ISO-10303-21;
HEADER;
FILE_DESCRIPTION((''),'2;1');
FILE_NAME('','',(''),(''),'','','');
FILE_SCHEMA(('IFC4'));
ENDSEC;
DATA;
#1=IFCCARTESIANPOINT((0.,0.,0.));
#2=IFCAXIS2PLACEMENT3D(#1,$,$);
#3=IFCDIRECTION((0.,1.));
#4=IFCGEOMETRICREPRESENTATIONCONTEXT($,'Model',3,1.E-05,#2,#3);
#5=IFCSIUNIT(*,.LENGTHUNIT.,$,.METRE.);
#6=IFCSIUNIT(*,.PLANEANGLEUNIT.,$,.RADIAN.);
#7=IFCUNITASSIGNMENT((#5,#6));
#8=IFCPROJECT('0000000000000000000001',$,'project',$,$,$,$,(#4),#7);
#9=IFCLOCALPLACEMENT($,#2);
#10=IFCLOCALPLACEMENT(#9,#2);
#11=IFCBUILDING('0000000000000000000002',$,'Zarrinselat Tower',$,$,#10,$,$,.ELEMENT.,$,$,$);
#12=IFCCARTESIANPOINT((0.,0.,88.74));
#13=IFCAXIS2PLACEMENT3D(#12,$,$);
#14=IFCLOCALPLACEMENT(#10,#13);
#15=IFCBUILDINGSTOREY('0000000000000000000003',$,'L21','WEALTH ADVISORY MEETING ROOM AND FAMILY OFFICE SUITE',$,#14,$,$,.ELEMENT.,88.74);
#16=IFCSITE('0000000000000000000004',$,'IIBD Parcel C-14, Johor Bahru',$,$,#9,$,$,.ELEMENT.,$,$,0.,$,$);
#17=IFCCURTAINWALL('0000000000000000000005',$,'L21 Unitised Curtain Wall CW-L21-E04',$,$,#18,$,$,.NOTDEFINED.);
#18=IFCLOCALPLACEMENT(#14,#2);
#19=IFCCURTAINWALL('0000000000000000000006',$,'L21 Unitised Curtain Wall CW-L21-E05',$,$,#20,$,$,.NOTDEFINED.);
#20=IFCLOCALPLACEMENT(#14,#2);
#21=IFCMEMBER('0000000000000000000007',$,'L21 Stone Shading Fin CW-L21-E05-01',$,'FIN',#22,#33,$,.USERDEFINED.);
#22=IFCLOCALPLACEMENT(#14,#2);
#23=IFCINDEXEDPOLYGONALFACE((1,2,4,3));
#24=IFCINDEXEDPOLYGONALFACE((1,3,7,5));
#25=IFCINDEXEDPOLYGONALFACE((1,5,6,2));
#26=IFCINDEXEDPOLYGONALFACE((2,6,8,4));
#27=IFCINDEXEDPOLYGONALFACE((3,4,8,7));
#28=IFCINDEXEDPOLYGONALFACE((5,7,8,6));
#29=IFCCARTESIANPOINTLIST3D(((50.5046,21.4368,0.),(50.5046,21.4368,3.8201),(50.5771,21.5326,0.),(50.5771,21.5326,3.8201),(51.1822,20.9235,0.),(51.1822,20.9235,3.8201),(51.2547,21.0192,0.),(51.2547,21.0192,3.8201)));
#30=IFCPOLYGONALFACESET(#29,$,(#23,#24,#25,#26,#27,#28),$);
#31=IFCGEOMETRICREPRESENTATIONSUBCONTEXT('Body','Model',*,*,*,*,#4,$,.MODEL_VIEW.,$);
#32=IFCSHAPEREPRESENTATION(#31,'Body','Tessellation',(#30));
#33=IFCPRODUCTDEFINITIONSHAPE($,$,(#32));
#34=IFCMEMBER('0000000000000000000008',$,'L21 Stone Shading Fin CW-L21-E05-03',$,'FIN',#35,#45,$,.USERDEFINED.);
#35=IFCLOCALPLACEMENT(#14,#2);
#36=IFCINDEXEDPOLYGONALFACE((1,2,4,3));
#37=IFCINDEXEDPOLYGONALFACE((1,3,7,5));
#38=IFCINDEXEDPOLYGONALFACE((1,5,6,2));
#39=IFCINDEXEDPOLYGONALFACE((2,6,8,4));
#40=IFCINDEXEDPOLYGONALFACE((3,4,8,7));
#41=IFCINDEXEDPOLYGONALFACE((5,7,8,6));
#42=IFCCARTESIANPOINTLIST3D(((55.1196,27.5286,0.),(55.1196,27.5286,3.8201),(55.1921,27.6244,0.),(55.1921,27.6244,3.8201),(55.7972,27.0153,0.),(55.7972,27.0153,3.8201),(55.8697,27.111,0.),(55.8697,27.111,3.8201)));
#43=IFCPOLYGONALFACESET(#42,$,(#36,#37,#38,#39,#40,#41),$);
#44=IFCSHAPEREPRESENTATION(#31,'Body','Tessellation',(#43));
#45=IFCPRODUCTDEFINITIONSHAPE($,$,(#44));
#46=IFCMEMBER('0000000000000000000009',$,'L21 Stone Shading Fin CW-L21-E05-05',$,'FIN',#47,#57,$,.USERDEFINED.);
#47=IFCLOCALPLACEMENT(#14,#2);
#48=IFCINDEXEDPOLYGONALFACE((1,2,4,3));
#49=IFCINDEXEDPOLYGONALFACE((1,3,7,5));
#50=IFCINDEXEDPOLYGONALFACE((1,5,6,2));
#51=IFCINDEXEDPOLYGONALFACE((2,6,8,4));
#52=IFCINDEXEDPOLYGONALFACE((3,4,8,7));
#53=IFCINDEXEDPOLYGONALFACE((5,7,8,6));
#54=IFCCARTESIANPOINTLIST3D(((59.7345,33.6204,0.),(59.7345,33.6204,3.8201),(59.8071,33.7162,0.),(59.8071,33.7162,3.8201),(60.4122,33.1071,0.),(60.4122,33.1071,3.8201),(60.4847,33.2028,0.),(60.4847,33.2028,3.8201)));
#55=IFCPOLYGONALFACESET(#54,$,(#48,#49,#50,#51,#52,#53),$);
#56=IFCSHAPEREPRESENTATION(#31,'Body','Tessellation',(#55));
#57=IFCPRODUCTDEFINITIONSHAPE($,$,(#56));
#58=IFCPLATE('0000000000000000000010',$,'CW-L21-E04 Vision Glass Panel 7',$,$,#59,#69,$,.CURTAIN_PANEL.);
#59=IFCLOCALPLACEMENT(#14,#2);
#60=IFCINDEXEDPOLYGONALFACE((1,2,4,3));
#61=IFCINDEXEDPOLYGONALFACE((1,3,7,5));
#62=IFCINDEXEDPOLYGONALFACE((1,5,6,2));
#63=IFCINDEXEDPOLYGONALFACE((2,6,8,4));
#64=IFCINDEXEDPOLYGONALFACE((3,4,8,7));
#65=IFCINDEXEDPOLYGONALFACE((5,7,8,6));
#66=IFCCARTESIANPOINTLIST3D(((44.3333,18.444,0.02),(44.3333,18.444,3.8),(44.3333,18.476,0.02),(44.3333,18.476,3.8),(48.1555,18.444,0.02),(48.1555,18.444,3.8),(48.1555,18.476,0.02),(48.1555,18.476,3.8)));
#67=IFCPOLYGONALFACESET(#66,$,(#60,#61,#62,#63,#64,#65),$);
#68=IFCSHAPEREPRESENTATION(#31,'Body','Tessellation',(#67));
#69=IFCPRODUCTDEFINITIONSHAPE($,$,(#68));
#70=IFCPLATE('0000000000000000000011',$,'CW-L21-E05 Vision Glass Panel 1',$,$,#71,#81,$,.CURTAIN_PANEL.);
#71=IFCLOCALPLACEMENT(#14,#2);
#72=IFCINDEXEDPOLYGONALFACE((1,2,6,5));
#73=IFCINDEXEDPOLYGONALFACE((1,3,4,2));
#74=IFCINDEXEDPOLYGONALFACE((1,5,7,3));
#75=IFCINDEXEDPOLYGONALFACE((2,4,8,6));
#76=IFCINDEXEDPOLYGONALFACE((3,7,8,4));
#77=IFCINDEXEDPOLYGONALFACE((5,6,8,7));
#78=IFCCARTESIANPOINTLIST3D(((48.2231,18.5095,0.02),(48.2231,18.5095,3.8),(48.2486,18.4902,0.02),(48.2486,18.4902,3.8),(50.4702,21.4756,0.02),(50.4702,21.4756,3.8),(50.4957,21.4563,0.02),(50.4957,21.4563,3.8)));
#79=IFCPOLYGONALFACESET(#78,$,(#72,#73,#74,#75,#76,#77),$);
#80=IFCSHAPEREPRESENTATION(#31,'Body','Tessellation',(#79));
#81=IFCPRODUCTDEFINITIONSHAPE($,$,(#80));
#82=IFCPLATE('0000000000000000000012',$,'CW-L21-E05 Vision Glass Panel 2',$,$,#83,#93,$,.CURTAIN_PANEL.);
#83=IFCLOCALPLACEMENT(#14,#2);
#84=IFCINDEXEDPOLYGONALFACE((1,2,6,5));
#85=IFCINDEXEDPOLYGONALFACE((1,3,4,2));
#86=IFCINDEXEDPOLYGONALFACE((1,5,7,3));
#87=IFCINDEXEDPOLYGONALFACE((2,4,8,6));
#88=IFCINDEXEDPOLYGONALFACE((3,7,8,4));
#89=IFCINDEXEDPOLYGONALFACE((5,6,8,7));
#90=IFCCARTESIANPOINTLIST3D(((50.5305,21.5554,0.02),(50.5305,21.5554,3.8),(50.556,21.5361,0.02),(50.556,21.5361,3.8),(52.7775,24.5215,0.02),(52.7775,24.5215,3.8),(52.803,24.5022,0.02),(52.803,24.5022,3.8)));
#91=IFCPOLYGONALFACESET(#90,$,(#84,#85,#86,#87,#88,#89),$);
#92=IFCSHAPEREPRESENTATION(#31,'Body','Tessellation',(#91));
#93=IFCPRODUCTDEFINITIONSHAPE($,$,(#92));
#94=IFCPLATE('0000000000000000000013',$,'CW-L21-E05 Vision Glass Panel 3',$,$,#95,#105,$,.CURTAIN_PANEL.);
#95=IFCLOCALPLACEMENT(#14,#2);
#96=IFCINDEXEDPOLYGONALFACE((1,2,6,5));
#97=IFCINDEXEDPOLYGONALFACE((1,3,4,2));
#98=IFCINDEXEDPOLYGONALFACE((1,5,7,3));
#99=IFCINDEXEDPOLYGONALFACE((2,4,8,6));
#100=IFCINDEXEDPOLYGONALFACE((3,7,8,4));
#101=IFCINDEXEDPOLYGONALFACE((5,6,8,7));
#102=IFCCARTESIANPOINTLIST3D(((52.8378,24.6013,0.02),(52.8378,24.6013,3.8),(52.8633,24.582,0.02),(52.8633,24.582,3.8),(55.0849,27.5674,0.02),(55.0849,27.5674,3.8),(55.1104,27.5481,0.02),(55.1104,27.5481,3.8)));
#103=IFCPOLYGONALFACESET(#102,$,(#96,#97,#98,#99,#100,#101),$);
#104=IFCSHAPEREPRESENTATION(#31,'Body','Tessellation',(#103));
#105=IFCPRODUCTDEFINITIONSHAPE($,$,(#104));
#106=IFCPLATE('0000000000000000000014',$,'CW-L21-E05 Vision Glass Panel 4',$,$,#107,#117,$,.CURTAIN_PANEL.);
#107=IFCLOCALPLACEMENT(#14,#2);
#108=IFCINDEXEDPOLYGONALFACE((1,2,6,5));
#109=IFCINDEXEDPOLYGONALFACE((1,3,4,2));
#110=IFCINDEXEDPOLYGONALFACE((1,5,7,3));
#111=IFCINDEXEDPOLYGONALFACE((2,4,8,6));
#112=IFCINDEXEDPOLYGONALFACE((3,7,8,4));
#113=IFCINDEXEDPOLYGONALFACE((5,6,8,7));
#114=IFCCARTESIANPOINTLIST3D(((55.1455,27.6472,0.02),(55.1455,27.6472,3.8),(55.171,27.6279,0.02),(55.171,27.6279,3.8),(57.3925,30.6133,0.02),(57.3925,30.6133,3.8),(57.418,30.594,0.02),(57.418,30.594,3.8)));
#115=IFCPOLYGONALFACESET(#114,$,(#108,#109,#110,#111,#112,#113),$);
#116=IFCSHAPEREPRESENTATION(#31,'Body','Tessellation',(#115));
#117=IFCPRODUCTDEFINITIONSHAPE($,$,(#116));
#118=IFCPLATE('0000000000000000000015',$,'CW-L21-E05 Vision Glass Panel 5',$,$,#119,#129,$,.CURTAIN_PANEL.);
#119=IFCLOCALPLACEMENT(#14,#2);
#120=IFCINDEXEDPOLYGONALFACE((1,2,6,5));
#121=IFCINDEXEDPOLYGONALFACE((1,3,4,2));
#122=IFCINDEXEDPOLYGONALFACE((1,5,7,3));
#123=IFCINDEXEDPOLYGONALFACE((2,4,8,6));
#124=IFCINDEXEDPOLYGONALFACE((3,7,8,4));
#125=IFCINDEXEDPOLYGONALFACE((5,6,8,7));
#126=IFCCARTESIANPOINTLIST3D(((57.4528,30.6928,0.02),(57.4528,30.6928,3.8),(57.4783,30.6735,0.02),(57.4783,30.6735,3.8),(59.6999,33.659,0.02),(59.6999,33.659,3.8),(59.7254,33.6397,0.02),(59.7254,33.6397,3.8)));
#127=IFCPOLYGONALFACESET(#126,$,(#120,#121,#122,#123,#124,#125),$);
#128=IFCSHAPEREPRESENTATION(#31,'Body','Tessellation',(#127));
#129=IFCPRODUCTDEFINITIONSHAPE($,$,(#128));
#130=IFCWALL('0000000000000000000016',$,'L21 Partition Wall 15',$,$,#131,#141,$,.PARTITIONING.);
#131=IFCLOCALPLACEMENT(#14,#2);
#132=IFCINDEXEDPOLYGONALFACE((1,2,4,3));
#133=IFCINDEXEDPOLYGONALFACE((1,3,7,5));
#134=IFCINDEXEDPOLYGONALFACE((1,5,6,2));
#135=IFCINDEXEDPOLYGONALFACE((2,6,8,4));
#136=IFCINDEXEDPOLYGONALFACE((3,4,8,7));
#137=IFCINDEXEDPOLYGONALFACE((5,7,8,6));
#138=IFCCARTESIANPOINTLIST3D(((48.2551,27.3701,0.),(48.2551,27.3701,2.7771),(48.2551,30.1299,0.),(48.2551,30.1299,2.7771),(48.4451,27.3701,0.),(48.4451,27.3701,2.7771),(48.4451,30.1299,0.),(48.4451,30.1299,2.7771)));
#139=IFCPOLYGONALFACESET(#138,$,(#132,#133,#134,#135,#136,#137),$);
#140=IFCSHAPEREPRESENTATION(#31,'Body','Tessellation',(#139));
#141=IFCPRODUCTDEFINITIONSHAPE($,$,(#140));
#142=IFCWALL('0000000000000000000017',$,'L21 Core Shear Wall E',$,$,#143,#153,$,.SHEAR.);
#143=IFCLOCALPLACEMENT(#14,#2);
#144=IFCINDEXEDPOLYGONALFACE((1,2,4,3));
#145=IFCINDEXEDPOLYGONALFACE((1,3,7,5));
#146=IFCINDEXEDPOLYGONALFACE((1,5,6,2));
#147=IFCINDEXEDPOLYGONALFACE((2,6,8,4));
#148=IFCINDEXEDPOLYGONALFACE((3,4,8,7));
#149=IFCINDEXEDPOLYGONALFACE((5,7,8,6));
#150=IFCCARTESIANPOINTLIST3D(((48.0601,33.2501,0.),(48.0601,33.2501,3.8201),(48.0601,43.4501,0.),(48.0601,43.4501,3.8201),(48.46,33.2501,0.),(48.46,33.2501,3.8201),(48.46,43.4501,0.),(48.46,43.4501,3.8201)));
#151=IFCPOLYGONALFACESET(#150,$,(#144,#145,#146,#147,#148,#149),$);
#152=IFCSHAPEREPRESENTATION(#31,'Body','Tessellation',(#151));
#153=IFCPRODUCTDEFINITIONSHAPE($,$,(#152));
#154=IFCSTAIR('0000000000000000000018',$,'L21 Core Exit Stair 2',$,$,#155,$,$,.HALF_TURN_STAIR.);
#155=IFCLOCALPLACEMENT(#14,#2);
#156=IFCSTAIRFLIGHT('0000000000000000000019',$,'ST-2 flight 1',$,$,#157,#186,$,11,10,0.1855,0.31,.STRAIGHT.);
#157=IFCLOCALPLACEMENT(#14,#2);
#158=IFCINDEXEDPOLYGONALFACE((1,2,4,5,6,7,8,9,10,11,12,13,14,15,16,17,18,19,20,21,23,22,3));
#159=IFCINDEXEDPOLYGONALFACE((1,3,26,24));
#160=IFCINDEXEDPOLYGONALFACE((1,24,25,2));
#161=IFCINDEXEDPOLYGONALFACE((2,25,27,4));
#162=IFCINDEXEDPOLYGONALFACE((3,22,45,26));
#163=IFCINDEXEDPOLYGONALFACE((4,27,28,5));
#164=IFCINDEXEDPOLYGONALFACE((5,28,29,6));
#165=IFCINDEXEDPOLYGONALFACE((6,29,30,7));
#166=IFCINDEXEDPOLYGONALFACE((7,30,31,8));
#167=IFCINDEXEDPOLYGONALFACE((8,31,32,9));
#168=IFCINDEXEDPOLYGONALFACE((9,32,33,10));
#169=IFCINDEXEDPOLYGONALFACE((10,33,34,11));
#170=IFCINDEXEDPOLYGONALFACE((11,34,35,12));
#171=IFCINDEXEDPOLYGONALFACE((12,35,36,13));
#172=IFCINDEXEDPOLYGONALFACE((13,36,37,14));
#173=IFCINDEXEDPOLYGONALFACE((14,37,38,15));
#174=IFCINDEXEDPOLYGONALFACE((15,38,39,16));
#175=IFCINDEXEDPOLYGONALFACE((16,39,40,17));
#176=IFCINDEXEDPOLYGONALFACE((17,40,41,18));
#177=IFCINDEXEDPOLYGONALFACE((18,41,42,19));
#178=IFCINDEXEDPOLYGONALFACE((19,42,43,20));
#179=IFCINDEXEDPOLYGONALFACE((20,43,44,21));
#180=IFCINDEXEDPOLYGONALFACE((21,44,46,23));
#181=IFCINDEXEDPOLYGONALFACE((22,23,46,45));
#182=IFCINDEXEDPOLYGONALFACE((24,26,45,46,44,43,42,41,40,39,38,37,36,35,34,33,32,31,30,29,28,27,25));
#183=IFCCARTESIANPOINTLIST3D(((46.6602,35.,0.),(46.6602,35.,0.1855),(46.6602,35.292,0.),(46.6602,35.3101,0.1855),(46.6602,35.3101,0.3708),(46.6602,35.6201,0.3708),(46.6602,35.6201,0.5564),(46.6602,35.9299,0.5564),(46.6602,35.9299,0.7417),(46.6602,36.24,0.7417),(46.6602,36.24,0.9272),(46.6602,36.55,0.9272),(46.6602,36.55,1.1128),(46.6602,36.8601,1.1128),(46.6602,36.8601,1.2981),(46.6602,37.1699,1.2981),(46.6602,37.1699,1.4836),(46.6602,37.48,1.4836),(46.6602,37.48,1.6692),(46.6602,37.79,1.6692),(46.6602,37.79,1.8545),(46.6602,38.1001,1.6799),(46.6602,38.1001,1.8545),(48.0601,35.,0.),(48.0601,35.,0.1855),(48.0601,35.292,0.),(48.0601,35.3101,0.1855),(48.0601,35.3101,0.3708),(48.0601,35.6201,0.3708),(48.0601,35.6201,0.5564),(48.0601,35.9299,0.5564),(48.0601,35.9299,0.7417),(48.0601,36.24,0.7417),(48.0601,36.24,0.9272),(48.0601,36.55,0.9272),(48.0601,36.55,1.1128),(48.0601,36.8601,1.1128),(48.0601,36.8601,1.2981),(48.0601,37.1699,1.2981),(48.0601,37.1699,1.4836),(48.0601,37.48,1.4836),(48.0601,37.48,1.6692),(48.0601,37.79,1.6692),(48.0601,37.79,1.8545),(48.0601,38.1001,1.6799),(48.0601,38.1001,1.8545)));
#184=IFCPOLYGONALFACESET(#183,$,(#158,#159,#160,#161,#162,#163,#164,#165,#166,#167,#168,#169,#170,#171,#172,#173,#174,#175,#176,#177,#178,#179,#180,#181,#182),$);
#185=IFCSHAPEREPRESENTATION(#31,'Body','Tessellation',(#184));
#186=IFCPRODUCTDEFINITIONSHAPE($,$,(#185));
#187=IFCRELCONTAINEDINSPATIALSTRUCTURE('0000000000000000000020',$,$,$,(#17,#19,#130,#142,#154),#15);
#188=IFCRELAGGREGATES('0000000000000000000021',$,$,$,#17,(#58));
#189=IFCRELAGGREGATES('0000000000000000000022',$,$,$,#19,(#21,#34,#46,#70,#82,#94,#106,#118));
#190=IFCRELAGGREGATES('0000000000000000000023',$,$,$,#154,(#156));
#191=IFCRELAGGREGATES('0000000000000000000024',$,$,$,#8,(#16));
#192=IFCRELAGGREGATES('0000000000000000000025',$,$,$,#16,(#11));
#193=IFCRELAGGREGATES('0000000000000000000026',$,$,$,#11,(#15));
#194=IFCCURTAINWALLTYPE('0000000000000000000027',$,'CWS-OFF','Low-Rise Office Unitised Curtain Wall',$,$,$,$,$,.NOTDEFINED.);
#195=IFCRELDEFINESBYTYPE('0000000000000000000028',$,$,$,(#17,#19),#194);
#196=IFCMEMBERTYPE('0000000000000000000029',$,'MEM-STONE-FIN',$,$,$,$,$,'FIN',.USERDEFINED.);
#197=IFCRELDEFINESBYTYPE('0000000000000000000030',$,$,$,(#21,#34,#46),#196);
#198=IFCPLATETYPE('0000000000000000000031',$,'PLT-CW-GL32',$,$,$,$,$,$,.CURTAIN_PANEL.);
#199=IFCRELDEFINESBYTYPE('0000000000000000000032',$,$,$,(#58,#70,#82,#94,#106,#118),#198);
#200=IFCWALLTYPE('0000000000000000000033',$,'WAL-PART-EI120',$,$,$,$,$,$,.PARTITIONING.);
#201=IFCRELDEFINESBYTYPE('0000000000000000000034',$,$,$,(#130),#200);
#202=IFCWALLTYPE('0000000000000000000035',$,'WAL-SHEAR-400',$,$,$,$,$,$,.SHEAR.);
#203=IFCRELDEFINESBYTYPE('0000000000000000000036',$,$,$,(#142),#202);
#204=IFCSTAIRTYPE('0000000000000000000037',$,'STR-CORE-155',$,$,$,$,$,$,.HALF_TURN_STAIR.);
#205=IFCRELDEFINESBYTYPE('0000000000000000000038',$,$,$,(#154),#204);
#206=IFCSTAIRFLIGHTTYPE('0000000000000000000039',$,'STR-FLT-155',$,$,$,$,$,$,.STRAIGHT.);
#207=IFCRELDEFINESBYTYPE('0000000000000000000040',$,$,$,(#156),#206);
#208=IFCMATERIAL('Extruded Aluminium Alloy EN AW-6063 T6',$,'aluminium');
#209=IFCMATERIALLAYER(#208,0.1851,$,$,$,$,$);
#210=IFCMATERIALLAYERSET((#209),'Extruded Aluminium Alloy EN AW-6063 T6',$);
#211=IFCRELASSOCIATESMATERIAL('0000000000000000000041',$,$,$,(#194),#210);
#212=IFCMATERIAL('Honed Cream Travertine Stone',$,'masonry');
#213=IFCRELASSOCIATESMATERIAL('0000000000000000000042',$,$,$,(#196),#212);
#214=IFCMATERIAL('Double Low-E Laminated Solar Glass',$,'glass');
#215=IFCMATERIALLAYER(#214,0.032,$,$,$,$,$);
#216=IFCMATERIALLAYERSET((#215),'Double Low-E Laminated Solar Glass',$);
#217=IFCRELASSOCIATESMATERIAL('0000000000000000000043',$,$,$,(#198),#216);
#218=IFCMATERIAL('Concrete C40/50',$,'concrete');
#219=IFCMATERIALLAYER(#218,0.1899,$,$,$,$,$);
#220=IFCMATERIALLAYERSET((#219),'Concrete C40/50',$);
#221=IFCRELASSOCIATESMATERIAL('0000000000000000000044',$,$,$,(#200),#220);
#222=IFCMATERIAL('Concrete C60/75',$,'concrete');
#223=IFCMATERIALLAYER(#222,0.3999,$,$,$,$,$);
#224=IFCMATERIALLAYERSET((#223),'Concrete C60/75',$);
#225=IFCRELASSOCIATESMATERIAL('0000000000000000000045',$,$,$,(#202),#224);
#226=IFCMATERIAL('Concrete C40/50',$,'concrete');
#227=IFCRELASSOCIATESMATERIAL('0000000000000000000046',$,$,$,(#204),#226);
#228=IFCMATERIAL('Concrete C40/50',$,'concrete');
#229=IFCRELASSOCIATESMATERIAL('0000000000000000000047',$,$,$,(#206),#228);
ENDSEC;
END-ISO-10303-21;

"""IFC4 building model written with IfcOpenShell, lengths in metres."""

from ifc_helpers import new_model, si_unit, direction, frame, frame_2d, origin, origin_2d, place, context, subcontext, project, spatial, polyline, rectangle, outline, extrude, material, layer, layer_set, material_profile, profile_set, type_object, element, aggregate, save


model = new_model("IFC4")

# Units and contexts
model_context = context("Model", 3, precision=1e-05, world=origin(), true_north=direction((0.0, 1.0)))
body_context = subcontext(model_context, "Body", "Model", "MODEL_VIEW")
ifc_project = project(units=[si_unit("LENGTHUNIT", "METRE"), si_unit("PLANEANGLEUNIT", "RADIAN")], contexts=[model_context])

# Site, building, storey
site_placement = place(None, origin())
site = spatial("IfcSite", under=ifc_project, at=site_placement, Name="IIBD Parcel C-14, Johor Bahru", CompositionType="ELEMENT", RefElevation=0.0)
building_placement = place(site_placement, origin())
building = spatial("IfcBuilding", under=site, at=building_placement, Name="Zarrinselat Tower", CompositionType="ELEMENT")
storey_placement = place(building_placement, frame((0.0, 0.0, 88.74)))
storey = spatial("IfcBuildingStorey", under=building, at=storey_placement, Name="L21", Description="WEALTH ADVISORY MEETING ROOM AND FAMILY OFFICE SUITE", CompositionType="ELEMENT", Elevation=88.74)

# Curtain wall
ifc_material_1 = material(Name="Extruded Aluminium Alloy EN AW-6063 T6", Category="aluminium")
ifc_layer_1 = layer(ifc_material_1, 0.1851)
ifc_layer_set_1 = layer_set([ifc_layer_1], Name="Extruded Aluminium Alloy EN AW-6063 T6")
curtain_wall_type = type_object("IfcCurtainWallType", Name="CWS-OFF", Description="Low-Rise Office Unitised Curtain Wall", PredefinedType="NOTDEFINED", material=ifc_layer_set_1)
curtain_wall_1_placement = place(storey_placement, origin())
curtain_wall_1 = element("IfcCurtainWall", 1, at=curtain_wall_1_placement, inside=storey, type_object=curtain_wall_type, Name="L21 Unitised Curtain Wall CW-L21-E04", PredefinedType="NOTDEFINED")

# Curtain wall, members
curtain_wall_2_placement = place(storey_placement, origin())
curtain_wall_2 = element("IfcCurtainWall", 2, at=curtain_wall_2_placement, inside=storey, type_object=curtain_wall_type, Name="L21 Unitised Curtain Wall CW-L21-E05", PredefinedType="NOTDEFINED")
ifc_material_2 = material(Name="Honed Cream Travertine Stone", Category="masonry")
ifc_material_profile_1 = material_profile(ifc_material_2, rectangle(XDim=0.1201, YDim=0.8501, at=origin_2d()), Name="FIN 850x120")
ifc_profile_set_1 = profile_set([ifc_material_profile_1], Name="Honed Cream Travertine Stone")
member_type_1 = type_object("IfcMemberType", Name="MEM-STONE-FIN", ElementType="FIN", PredefinedType="USERDEFINED", material=ifc_profile_set_1)
member_1_placement = place(storey_placement, frame((50.8796, 21.228, 0.0), z_axis=(0.0, 0.0, 1.0), x_axis=(-0.603856, -0.797094, 0.0)))
member_1 = element("IfcMember", 3, at=member_1_placement, type_object=member_type_1, Name="L21 Stone Shading Fin CW-L21-E05-01", ObjectType="FIN", PredefinedType="USERDEFINED", context=body_context, shape_type="SweptSolid", body=[
    extrude(rectangle(XDim=0.1201, YDim=0.8501, at=origin_2d()), origin(), (0.0, 0.0, 1.0), 3.8201),
])
member_2_placement = place(storey_placement, frame((55.4946, 27.3198, 0.0), z_axis=(0.0, 0.0, 1.0), x_axis=(-0.603856, -0.797094, 0.0)))
member_2 = element("IfcMember", 4, at=member_2_placement, type_object=member_type_1, Name="L21 Stone Shading Fin CW-L21-E05-03", ObjectType="FIN", PredefinedType="USERDEFINED", context=body_context, shape_type="SweptSolid", body=[
    extrude(rectangle(XDim=0.1201, YDim=0.8501, at=origin_2d()), origin(), (0.0, 0.0, 1.0), 3.8201),
])
member_3_placement = place(storey_placement, frame((60.1096, 33.4116, 0.0), z_axis=(0.0, 0.0, 1.0), x_axis=(-0.603856, -0.797094, 0.0)))
member_3 = element("IfcMember", 5, at=member_3_placement, type_object=member_type_1, Name="L21 Stone Shading Fin CW-L21-E05-05", ObjectType="FIN", PredefinedType="USERDEFINED", context=body_context, shape_type="SweptSolid", body=[
    extrude(rectangle(XDim=0.1201, YDim=0.8501, at=origin_2d()), origin(), (0.0, 0.0, 1.0), 3.8201),
])

# Plates
ifc_material_3 = material(Name="Double Low-E Laminated Solar Glass", Category="glass")
ifc_layer_2 = layer(ifc_material_3, 0.032)
ifc_layer_set_2 = layer_set([ifc_layer_2], Name="Double Low-E Laminated Solar Glass")
plate_type = type_object("IfcPlateType", Name="PLT-CW-GL32", PredefinedType="CURTAIN_PANEL", material=ifc_layer_set_2)
plate_1_placement = place(storey_placement, frame((46.2444, 18.46, 0.02), z_axis=(0.0, 0.0, 1.0), x_axis=(1.0, 0.0, 0.0)))
plate_1 = element("IfcPlate", 6, at=plate_1_placement, type_object=plate_type, Name="CW-L21-E04 Vision Glass Panel 7", PredefinedType="CURTAIN_PANEL", context=body_context, shape_type="SweptSolid", body=[
    extrude(rectangle(XDim=3.8223, YDim=0.032, at=origin_2d()), origin(), (0.0, 0.0, 1.0), 3.78),
])
aggregate(curtain_wall_1, [plate_1])
plate_2_placement = place(storey_placement, frame((49.3594, 19.9829, 0.02), z_axis=(0.0, 0.0, 1.0), x_axis=(0.603856, 0.797094, 0.0)))
plate_2 = element("IfcPlate", 7, at=plate_2_placement, type_object=plate_type, Name="CW-L21-E05 Vision Glass Panel 1", PredefinedType="CURTAIN_PANEL", context=body_context, shape_type="SweptSolid", body=[
    extrude(rectangle(XDim=3.7212, YDim=0.032, at=origin_2d()), origin(), (0.0, 0.0, 1.0), 3.78),
])
plate_3_placement = place(storey_placement, frame((51.6667, 23.0288, 0.02), z_axis=(0.0, 0.0, 1.0), x_axis=(0.603856, 0.797094, 0.0)))
plate_3 = element("IfcPlate", 8, at=plate_3_placement, type_object=plate_type, Name="CW-L21-E05 Vision Glass Panel 2", PredefinedType="CURTAIN_PANEL", context=body_context, shape_type="SweptSolid", body=[
    extrude(rectangle(XDim=3.7212, YDim=0.032, at=origin_2d()), origin(), (0.0, 0.0, 1.0), 3.78),
])
plate_4_placement = place(storey_placement, frame((53.9741, 26.0747, 0.02), z_axis=(0.0, 0.0, 1.0), x_axis=(0.603856, 0.797094, 0.0)))
plate_4 = element("IfcPlate", 9, at=plate_4_placement, type_object=plate_type, Name="CW-L21-E05 Vision Glass Panel 3", PredefinedType="CURTAIN_PANEL", context=body_context, shape_type="SweptSolid", body=[
    extrude(rectangle(XDim=3.7212, YDim=0.032, at=origin_2d()), origin(), (0.0, 0.0, 1.0), 3.78),
])
plate_5_placement = place(storey_placement, frame((56.2817, 29.1206, 0.02), z_axis=(0.0, 0.0, 1.0), x_axis=(0.603856, 0.797094, 0.0)))
plate_5 = element("IfcPlate", 10, at=plate_5_placement, type_object=plate_type, Name="CW-L21-E05 Vision Glass Panel 4", PredefinedType="CURTAIN_PANEL", context=body_context, shape_type="SweptSolid", body=[
    extrude(rectangle(XDim=3.7212, YDim=0.032, at=origin_2d()), origin(), (0.0, 0.0, 1.0), 3.78),
])
plate_6_placement = place(storey_placement, frame((58.5891, 32.1663, 0.02), z_axis=(0.0, 0.0, 1.0), x_axis=(0.603856, 0.797094, 0.0)))
plate_6 = element("IfcPlate", 11, at=plate_6_placement, type_object=plate_type, Name="CW-L21-E05 Vision Glass Panel 5", PredefinedType="CURTAIN_PANEL", context=body_context, shape_type="SweptSolid", body=[
    extrude(rectangle(XDim=3.7212, YDim=0.032, at=origin_2d()), origin(), (0.0, 0.0, 1.0), 3.78),
])
aggregate(curtain_wall_2, [member_1, member_2, member_3, plate_2, plate_3, plate_4, plate_5, plate_6])

# Walls
ifc_material_4 = material(Name="Concrete C40/50", Category="concrete")
ifc_layer_3 = layer(ifc_material_4, 0.1899)
ifc_layer_set_3 = layer_set([ifc_layer_3], Name="Concrete C40/50")
wall_type_1 = type_object("IfcWallType", Name="WAL-PART-EI120", PredefinedType="PARTITIONING", material=ifc_layer_set_3)
wall_1_placement = place(storey_placement, frame((48.3501, 27.3701, 0.0), z_axis=(0.0, 0.0, 1.0), x_axis=(0.0, 1.0, 0.0)))
element("IfcWall", 12, at=wall_1_placement, inside=storey, type_object=wall_type_1, Name="L21 Partition Wall 15", PredefinedType="PARTITIONING", context=body_context, shape_type="SweptSolid", body=[
    extrude(rectangle(XDim=2.7598, YDim=0.1899, at=frame_2d((1.3799, 0.0))), origin(), (0.0, 0.0, 1.0), 2.7771),
])
ifc_material_5 = material(Name="Concrete C60/75", Category="concrete")
ifc_layer_4 = layer(ifc_material_5, 0.3999)
ifc_layer_set_4 = layer_set([ifc_layer_4], Name="Concrete C60/75")
wall_type_2 = type_object("IfcWallType", Name="WAL-SHEAR-400", PredefinedType="SHEAR", material=ifc_layer_set_4)
wall_2_placement = place(storey_placement, frame((48.26, 33.25, 0.0), z_axis=(0.0, 0.0, 1.0), x_axis=(0.0, 1.0, 0.0)))
element("IfcWall", 13, at=wall_2_placement, inside=storey, type_object=wall_type_2, Name="L21 Core Shear Wall E", PredefinedType="SHEAR", context=body_context, shape_type="SweptSolid", body=[
    extrude(rectangle(XDim=10.2, YDim=0.3999, at=frame_2d((5.1001, 0.0))), origin(), (0.0, 0.0, 1.0), 3.8201),
])

# Stair, stair flight
ifc_material_6 = material(Name="Concrete C40/50", Category="concrete")
stair_type = type_object("IfcStairType", Name="STR-CORE-155", PredefinedType="HALF_TURN_STAIR", material=ifc_material_6)
stair_placement = place(storey_placement, origin())
stair = element("IfcStair", 14, at=stair_placement, inside=storey, type_object=stair_type, Name="L21 Core Exit Stair 2", PredefinedType="HALF_TURN_STAIR")
ifc_material_7 = material(Name="Concrete C40/50", Category="concrete")
stair_flight_type = type_object("IfcStairFlightType", Name="STR-FLT-155", PredefinedType="STRAIGHT", material=ifc_material_7)
stair_flight_placement = place(storey_placement, frame((47.3601, 35.0, 0.0), z_axis=(0.0, 0.0, 1.0), x_axis=(0.0, 1.0, 0.0)))
stair_flight = element("IfcStairFlight", 15, at=stair_flight_placement, type_object=stair_flight_type, Name="ST-2 flight 1", NumberOfRisers=11, NumberOfTreads=10, PredefinedType="STRAIGHT", RiserHeight=0.1855, TreadLength=0.31, context=body_context, shape_type="SweptSolid", body=[
    extrude(outline(polyline([(0.0, 0.0), (0.0, 0.1855), (0.3101, 0.1855), (0.3101, 0.3708), (0.6201, 0.3708), (0.6201, 0.5564), (0.9299, 0.5564), (0.9299, 0.7417), (1.24, 0.7417), (1.24, 0.9272), (1.55, 0.9272), (1.55, 1.1128), (1.8601, 1.1128), (1.8601, 1.2981), (2.1699, 1.2981), (2.1699, 1.4836), (2.48, 1.4836), (2.48, 1.6692), (2.79, 1.6692), (2.79, 1.8545), (3.1001, 1.8545), (3.1001, 2.04), (3.1001, 1.6799), (0.292, 0.0), (0.0, 0.0)])), frame((0.0, 0.7, 0.0), z_axis=(0.0, -1.0, 0.0), x_axis=(1.0, 0.0, 0.0)), (0.0, 0.0, 1.0), 1.3999),
])
aggregate(stair, [stair_flight])

save(model, "model.ifc")
